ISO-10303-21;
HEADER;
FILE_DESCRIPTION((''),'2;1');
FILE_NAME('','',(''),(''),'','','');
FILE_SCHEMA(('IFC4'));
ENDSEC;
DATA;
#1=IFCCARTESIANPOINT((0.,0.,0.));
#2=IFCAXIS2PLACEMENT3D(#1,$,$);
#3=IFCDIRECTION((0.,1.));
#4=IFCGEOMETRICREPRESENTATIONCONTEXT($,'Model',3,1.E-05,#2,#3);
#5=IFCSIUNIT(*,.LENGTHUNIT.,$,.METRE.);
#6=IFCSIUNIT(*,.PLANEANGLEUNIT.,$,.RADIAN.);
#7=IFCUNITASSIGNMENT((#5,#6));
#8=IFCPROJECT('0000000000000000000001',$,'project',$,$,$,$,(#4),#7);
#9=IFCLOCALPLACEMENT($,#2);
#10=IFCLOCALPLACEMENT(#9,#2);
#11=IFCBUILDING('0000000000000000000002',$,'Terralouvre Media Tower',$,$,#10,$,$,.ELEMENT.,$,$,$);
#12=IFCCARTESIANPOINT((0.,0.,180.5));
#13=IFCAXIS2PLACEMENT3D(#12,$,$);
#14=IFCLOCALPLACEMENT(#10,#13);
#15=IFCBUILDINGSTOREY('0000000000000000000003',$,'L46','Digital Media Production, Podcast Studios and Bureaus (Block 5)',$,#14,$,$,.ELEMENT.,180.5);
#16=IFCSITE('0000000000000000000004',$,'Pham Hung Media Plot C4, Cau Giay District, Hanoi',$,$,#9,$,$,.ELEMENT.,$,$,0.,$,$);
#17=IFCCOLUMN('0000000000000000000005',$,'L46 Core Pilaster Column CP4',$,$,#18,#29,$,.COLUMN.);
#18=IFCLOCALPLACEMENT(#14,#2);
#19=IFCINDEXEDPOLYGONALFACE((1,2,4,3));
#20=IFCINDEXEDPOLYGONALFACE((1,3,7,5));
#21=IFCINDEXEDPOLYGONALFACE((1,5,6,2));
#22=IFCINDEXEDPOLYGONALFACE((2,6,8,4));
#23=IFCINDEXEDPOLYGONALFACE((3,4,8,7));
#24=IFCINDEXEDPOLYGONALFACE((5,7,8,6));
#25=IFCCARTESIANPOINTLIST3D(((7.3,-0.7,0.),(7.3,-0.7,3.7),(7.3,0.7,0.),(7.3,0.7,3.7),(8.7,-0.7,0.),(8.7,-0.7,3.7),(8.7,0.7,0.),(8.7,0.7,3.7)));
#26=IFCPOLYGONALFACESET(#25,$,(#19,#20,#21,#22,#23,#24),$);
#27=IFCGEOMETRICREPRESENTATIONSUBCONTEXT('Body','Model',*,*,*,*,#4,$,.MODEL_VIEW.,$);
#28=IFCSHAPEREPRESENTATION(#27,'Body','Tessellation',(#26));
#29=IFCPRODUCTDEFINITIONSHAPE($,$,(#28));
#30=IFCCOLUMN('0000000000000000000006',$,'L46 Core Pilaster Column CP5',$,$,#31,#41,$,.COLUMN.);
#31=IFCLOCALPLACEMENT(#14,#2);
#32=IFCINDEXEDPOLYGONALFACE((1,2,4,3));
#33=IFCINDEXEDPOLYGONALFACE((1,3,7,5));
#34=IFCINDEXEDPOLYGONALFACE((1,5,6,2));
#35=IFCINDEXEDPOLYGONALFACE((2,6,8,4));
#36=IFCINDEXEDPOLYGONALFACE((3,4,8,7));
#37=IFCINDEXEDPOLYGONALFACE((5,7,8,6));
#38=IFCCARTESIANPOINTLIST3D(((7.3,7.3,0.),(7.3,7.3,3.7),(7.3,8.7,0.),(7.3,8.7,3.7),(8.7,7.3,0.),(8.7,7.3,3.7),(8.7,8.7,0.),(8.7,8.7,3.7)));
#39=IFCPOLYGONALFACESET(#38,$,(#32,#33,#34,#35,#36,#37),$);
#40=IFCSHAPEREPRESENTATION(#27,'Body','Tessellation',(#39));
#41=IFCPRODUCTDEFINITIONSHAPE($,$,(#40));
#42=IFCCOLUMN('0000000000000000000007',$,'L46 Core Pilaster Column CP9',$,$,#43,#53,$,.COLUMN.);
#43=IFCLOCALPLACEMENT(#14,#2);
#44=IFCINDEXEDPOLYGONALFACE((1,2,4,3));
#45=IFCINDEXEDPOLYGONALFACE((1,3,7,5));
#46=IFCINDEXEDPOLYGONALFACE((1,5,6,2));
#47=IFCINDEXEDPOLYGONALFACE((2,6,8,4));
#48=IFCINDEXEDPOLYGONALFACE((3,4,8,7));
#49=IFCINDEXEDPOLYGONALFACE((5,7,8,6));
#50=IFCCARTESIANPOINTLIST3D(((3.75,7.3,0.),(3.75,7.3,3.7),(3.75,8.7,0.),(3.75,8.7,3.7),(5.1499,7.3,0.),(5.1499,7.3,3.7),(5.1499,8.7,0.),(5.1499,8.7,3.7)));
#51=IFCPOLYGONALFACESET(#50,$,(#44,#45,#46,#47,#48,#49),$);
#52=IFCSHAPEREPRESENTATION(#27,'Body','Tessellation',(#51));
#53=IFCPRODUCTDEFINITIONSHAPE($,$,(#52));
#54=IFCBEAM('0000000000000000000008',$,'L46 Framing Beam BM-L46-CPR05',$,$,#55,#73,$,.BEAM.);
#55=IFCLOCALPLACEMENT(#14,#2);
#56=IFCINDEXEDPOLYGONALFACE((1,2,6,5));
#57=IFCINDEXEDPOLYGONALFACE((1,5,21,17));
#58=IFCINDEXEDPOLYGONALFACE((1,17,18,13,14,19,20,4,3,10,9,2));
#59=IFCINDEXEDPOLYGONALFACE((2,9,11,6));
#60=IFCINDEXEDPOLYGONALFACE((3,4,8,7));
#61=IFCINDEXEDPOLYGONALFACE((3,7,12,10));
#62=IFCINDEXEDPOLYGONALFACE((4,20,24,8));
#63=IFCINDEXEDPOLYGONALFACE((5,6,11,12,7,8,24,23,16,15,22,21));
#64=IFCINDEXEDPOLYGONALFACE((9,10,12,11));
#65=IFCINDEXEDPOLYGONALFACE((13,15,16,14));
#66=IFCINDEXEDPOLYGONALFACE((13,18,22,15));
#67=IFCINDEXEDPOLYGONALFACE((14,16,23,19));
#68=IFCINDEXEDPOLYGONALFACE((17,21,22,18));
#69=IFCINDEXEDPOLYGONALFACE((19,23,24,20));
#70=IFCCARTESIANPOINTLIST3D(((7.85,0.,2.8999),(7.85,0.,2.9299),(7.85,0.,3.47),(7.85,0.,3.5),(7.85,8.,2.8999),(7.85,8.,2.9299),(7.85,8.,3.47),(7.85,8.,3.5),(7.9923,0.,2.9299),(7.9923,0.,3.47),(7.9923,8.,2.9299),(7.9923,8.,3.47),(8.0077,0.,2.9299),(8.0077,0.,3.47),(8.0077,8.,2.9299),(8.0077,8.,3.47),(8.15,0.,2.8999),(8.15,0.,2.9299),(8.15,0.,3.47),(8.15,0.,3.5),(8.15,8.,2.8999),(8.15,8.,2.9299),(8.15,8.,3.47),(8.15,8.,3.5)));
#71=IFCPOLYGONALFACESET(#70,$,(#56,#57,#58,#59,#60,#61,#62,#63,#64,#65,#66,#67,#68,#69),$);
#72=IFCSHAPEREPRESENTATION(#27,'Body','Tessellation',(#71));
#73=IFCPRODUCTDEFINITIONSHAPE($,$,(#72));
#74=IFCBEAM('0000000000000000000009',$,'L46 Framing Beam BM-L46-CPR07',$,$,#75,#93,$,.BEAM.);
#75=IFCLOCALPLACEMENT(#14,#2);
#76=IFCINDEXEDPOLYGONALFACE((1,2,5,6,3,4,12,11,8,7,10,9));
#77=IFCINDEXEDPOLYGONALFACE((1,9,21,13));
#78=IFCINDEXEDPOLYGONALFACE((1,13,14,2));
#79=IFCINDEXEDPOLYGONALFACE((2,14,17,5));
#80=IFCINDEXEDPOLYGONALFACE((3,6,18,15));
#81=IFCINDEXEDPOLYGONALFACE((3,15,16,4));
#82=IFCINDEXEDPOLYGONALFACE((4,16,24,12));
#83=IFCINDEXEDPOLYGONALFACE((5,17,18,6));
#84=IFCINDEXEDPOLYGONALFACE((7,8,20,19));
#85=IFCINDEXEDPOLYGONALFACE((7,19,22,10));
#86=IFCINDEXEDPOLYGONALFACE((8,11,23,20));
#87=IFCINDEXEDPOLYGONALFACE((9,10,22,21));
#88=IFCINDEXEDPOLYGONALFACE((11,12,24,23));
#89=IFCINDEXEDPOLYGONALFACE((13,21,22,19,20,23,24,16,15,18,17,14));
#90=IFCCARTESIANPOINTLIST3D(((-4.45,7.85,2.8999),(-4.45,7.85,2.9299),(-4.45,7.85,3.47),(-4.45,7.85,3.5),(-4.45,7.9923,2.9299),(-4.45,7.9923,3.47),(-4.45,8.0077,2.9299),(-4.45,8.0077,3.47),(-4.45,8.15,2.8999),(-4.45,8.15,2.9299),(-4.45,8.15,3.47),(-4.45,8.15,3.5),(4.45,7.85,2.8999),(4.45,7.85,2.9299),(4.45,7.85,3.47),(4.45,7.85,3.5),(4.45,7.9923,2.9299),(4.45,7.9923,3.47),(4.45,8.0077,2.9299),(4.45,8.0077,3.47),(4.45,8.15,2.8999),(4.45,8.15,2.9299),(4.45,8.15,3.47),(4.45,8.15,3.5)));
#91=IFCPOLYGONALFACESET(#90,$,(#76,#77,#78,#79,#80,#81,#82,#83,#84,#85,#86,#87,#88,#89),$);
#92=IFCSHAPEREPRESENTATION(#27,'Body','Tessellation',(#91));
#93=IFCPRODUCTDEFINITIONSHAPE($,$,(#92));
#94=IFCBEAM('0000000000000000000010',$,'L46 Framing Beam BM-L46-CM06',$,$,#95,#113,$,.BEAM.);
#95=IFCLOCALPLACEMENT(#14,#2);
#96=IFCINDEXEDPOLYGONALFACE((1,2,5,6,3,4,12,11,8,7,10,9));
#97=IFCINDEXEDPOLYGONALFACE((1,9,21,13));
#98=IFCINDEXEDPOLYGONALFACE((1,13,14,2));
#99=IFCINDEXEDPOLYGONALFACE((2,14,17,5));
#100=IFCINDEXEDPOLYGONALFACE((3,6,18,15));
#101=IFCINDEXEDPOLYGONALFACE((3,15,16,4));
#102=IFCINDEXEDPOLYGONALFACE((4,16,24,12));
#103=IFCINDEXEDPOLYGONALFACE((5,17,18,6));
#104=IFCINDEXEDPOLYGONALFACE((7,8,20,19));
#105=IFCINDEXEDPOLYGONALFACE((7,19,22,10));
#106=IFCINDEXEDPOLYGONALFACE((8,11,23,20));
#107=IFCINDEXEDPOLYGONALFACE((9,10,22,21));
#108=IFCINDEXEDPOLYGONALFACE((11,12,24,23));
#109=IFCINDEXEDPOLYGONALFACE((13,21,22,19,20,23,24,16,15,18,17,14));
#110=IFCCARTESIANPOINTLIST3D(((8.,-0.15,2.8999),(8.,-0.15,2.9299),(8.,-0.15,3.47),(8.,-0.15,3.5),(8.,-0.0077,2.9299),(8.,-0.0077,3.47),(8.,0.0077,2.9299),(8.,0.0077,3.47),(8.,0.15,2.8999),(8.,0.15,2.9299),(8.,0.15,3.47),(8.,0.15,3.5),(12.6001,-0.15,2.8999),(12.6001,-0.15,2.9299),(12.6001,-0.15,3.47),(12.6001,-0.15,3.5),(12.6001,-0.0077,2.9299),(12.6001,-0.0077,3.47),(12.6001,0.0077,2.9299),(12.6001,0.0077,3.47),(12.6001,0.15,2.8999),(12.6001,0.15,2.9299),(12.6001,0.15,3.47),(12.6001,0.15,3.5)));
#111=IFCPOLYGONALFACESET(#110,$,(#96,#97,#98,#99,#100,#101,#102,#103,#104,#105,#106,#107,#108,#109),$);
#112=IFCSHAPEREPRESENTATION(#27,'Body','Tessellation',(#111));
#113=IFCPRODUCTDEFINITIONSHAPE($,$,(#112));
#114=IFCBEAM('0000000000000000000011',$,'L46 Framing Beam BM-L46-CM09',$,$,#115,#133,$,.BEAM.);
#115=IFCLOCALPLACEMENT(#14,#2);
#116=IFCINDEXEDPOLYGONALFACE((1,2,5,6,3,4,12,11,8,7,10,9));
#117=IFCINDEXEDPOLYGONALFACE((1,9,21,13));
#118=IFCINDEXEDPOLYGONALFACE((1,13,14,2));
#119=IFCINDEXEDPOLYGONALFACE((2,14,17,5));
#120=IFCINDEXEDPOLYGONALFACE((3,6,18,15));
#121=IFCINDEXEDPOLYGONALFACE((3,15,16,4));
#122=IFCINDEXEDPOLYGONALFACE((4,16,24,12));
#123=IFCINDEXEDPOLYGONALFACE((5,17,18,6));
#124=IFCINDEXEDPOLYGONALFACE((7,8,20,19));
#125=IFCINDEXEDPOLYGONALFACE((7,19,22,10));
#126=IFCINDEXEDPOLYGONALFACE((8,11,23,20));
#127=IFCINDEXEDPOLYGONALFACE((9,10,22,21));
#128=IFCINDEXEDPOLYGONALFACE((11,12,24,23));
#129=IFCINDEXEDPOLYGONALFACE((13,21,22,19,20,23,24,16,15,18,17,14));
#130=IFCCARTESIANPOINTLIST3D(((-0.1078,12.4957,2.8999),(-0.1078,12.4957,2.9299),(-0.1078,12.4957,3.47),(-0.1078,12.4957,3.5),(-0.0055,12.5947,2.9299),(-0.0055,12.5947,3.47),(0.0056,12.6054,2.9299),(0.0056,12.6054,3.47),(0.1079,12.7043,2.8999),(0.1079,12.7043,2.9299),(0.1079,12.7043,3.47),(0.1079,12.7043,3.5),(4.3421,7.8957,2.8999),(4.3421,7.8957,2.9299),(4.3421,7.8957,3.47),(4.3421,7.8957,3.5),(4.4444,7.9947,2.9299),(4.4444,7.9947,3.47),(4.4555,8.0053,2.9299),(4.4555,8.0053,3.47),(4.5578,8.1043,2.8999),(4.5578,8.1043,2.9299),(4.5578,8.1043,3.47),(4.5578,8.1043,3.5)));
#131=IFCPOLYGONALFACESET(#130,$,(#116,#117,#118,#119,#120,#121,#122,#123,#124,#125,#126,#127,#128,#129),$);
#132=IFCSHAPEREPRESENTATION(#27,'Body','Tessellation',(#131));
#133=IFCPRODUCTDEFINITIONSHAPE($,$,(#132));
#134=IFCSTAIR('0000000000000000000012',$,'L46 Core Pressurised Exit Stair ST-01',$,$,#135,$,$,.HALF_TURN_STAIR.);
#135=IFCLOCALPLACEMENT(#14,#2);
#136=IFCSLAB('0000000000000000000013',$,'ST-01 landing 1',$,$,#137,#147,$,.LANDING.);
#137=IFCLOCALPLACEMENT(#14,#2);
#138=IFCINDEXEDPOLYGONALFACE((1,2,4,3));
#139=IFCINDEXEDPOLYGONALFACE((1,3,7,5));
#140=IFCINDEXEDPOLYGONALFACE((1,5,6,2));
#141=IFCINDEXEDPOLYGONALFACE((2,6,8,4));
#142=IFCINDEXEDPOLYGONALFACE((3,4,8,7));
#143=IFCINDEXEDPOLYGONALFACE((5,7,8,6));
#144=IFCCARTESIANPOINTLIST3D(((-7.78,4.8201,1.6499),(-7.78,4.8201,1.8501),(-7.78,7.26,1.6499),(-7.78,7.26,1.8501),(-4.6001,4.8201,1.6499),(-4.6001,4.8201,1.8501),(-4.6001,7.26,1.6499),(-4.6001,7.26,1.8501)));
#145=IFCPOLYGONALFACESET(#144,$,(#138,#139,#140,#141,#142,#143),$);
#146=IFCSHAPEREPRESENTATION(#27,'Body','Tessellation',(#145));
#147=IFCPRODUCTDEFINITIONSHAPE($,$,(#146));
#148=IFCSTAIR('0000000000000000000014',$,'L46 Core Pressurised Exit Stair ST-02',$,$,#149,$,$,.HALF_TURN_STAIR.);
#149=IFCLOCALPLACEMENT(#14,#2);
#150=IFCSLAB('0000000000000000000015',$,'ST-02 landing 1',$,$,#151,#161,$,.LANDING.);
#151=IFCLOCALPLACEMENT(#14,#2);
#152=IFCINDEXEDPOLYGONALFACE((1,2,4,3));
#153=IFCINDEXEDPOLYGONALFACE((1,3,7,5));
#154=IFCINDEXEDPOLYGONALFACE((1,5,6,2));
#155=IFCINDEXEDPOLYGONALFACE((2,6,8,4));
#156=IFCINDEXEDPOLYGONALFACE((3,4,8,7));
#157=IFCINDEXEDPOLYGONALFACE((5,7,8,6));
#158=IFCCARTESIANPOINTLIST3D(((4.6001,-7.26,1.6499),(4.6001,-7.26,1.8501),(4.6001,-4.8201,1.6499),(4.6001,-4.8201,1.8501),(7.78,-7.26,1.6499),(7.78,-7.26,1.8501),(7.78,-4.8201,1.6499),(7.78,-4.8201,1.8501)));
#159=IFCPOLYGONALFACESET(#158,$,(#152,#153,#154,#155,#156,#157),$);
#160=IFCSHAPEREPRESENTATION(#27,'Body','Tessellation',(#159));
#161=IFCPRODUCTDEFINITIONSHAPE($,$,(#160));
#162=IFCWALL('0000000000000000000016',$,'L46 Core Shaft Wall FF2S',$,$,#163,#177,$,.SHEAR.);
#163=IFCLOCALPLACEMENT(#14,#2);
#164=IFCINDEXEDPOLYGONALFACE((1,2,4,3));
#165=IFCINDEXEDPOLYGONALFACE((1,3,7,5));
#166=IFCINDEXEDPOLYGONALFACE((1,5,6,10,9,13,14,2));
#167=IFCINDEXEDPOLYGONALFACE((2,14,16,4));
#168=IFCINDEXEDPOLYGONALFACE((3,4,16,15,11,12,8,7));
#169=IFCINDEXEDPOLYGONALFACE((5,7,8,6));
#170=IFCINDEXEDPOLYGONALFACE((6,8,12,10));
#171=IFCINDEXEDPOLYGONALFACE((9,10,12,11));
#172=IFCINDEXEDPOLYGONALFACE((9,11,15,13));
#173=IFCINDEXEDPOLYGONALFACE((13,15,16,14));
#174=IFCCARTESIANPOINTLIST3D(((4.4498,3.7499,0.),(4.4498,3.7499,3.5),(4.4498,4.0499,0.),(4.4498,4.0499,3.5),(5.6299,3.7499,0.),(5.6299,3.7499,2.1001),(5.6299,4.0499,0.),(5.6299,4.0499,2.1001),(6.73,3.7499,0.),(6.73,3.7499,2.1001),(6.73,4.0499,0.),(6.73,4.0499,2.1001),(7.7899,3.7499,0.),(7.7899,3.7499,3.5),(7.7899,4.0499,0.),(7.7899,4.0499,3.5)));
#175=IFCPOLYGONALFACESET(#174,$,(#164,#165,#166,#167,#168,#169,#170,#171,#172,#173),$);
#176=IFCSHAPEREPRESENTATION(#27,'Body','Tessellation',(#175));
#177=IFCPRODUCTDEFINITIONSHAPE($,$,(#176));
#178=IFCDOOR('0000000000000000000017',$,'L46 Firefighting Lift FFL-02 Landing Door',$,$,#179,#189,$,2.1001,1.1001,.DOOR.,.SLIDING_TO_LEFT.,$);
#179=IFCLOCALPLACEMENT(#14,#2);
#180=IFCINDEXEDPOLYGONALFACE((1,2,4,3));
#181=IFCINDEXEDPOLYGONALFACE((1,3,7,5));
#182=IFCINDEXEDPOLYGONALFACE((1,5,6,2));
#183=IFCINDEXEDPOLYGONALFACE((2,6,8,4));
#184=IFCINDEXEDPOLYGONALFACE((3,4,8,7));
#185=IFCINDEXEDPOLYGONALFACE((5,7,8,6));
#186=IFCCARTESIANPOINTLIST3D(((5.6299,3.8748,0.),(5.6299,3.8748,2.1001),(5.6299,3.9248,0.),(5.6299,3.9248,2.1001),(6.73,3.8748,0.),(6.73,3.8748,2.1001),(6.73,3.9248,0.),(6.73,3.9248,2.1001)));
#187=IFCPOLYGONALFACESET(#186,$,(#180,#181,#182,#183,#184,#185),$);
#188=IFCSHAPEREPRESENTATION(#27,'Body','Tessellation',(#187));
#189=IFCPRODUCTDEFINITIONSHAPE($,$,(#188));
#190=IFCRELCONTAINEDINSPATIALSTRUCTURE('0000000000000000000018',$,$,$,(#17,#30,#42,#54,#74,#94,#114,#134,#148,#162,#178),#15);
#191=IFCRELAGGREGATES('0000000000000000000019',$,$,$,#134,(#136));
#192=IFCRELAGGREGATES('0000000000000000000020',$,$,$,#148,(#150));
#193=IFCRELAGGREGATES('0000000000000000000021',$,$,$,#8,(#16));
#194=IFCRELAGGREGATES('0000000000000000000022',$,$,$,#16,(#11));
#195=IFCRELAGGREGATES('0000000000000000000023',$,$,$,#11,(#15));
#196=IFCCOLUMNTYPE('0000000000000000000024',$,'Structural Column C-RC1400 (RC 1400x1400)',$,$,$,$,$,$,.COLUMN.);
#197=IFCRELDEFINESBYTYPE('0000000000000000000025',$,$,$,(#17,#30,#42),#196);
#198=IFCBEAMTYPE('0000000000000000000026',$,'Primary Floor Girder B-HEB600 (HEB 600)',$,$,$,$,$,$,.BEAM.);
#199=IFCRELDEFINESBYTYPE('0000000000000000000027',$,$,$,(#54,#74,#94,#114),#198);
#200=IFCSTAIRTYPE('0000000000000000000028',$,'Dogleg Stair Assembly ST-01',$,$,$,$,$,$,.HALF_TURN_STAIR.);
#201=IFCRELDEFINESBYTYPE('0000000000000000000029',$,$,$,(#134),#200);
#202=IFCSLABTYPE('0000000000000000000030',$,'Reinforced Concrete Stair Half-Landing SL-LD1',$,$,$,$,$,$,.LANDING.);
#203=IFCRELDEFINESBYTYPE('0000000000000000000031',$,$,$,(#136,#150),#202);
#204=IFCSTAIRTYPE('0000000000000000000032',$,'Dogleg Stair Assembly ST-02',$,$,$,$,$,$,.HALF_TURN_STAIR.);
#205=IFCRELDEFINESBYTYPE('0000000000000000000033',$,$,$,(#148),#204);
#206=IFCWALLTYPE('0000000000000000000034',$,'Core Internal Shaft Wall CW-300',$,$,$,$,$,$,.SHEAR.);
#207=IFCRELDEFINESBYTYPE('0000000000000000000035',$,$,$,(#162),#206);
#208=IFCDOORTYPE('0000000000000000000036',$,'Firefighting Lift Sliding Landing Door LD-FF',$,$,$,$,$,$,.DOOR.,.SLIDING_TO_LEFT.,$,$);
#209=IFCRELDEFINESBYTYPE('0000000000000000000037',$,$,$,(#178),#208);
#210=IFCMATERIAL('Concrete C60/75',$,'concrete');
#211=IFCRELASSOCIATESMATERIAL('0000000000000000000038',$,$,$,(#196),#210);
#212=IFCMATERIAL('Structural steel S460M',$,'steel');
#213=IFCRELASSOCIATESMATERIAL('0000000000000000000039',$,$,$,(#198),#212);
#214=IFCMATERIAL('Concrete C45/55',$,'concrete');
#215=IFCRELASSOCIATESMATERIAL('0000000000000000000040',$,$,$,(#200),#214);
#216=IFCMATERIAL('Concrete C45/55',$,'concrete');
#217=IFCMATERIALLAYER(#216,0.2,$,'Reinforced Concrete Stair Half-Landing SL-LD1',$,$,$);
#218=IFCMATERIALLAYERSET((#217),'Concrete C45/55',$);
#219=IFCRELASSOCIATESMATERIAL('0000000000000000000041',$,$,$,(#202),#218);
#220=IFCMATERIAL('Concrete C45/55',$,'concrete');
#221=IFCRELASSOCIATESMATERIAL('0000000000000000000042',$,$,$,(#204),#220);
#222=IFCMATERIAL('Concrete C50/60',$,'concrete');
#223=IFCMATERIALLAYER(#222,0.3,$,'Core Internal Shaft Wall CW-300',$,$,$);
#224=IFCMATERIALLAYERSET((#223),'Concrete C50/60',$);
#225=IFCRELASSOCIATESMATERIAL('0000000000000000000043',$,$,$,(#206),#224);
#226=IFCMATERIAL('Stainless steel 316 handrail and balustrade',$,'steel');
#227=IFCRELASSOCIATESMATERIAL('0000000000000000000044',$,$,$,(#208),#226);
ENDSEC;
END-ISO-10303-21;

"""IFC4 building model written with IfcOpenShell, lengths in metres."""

from ifc_helpers import new_model, si_unit, direction, frame, frame_2d, origin, origin_2d, place, context, subcontext, project, spatial, polyline, rectangle, i_section, outline, extrude, material, layer, layer_set, material_profile, profile_set, type_object, element, fill, aggregate, save


model = new_model("IFC4")

# Units and contexts
model_context = context("Model", 3, precision=1e-05, world=origin(), true_north=direction((0.0, 1.0)))
body_context = subcontext(model_context, "Body", "Model", "MODEL_VIEW")
ifc_project = project(units=[si_unit("LENGTHUNIT", "METRE"), si_unit("PLANEANGLEUNIT", "RADIAN")], contexts=[model_context])

# Site, building, storey
site_placement = place(None, origin())
site = spatial("IfcSite", under=ifc_project, at=site_placement, Name="Pham Hung Media Plot C4, Cau Giay District, Hanoi", CompositionType="ELEMENT", RefElevation=0.0)
building_placement = place(site_placement, origin())
building = spatial("IfcBuilding", under=site, at=building_placement, Name="Terralouvre Media Tower", CompositionType="ELEMENT")
storey_placement = place(building_placement, frame((0.0, 0.0, 180.5)))
storey = spatial("IfcBuildingStorey", under=building, at=storey_placement, Name="L46", Description="Digital Media Production, Podcast Studios and Bureaus (Block 5)", CompositionType="ELEMENT", Elevation=180.5)

# Columns
ifc_material_1 = material(Name="Concrete C60/75", Category="concrete")
ifc_material_profile_1 = material_profile(ifc_material_1, rectangle(XDim=1.3999, YDim=1.3999, at=origin_2d()), Name="RC 1400x1400")
ifc_profile_set_1 = profile_set([ifc_material_profile_1], Name="Concrete C60/75")
column_type = type_object("IfcColumnType", Name="Structural Column C-RC1400 (RC 1400x1400)", PredefinedType="COLUMN", material=ifc_profile_set_1)
for number, where, z_axis, x_axis, name in (
    (1, (8.0, 0.0, 0.0), (0.0, 0.0, 1.0), (1.0, 0.0, 0.0), "L46 Core Pilaster Column CP4"),
    (2, (8.0, 8.0, 0.0), (0.0, 0.0, 1.0), (1.0, 0.0, 0.0), "L46 Core Pilaster Column CP5"),
    (3, (4.45, 8.0, 0.0), (0.0, 0.0, 1.0), (1.0, 0.0, 0.0), "L46 Core Pilaster Column CP9"),
):
    element("IfcColumn", number, at=place(storey_placement, frame(where, z_axis=z_axis, x_axis=x_axis)), inside=storey, type_object=column_type, Name=name, PredefinedType="COLUMN", context=body_context, shape_type="SweptSolid", body=[
        extrude(rectangle(XDim=1.3999, YDim=1.3999, at=origin_2d()), origin(), (0.0, 0.0, 1.0), 3.7),
    ])

# Beams
ifc_material_2 = material(Name="Structural steel S460M", Category="steel")
ifc_material_profile_2 = material_profile(ifc_material_2, i_section(OverallWidth=0.3, OverallDepth=0.6001, WebThickness=0.0154, FlangeThickness=0.03, at=origin_2d()), Name="HEB 600")
ifc_profile_set_2 = profile_set([ifc_material_profile_2], Name="Structural steel S460M")
beam_type = type_object("IfcBeamType", Name="Primary Floor Girder B-HEB600 (HEB 600)", PredefinedType="BEAM", material=ifc_profile_set_2)
beam_1_placement = place(storey_placement, frame((8.0, 0.0, 3.2), z_axis=(0.0, 1.0, 0.0), x_axis=(-1.0, 0.0, 0.0)))
element("IfcBeam", 4, at=beam_1_placement, inside=storey, type_object=beam_type, Name="L46 Framing Beam BM-L46-CPR05", PredefinedType="BEAM", context=body_context, shape_type="SweptSolid", body=[
    extrude(i_section(OverallWidth=0.3, OverallDepth=0.6001, WebThickness=0.0154, FlangeThickness=0.03, at=origin_2d()), origin(), (0.0, 0.0, 1.0), 8.0),
])
beam_2_placement = place(storey_placement, frame((4.45, 8.0, 3.2), z_axis=(-1.0, 0.0, 0.0), x_axis=(0.0, -1.0, 0.0)))
element("IfcBeam", 5, at=beam_2_placement, inside=storey, type_object=beam_type, Name="L46 Framing Beam BM-L46-CPR07", PredefinedType="BEAM", context=body_context, shape_type="SweptSolid", body=[
    extrude(i_section(OverallWidth=0.3, OverallDepth=0.6001, WebThickness=0.0154, FlangeThickness=0.03, at=origin_2d()), origin(), (0.0, 0.0, 1.0), 8.8999),
])
beam_3_placement = place(storey_placement, frame((8.0, 0.0, 3.2), z_axis=(1.0, 0.0, 0.0), x_axis=(0.0, 1.0, 0.0)))
element("IfcBeam", 6, at=beam_3_placement, inside=storey, type_object=beam_type, Name="L46 Framing Beam BM-L46-CM06", PredefinedType="BEAM", context=body_context, shape_type="SweptSolid", body=[
    extrude(i_section(OverallWidth=0.3, OverallDepth=0.6001, WebThickness=0.0154, FlangeThickness=0.03, at=origin_2d()), origin(), (0.0, 0.0, 1.0), 4.6001),
])
beam_4_placement = place(storey_placement, frame((4.45, 8.0, 3.2), z_axis=(-0.69528, 0.718739, 0.0), x_axis=(-0.718739, -0.69528, 0.0)))
element("IfcBeam", 7, at=beam_4_placement, inside=storey, type_object=beam_type, Name="L46 Framing Beam BM-L46-CM09", PredefinedType="BEAM", context=body_context, shape_type="SweptSolid", body=[
    extrude(i_section(OverallWidth=0.3, OverallDepth=0.6001, WebThickness=0.0154, FlangeThickness=0.03, at=origin_2d()), origin(), (0.0, 0.0, 1.0), 6.4001),
])

# Stairs, slabs
ifc_material_3 = material(Name="Concrete C45/55", Category="concrete")
stair_type_1 = type_object("IfcStairType", Name="Dogleg Stair Assembly ST-01", PredefinedType="HALF_TURN_STAIR", material=ifc_material_3)
stair_1_placement = place(storey_placement, origin())
stair_1 = element("IfcStair", 8, at=stair_1_placement, inside=storey, type_object=stair_type_1, Name="L46 Core Pressurised Exit Stair ST-01", PredefinedType="HALF_TURN_STAIR")
ifc_material_4 = material(Name="Concrete C45/55", Category="concrete")
ifc_layer_1 = layer(ifc_material_4, 0.2, Name="Reinforced Concrete Stair Half-Landing SL-LD1")
ifc_layer_set_1 = layer_set([ifc_layer_1], Name="Concrete C45/55")
slab_type_1 = type_object("IfcSlabType", Name="Reinforced Concrete Stair Half-Landing SL-LD1", PredefinedType="LANDING", material=ifc_layer_set_1)
slab_1_placement = place(storey_placement, frame((0.0, 0.0, 1.6499)))
slab_1 = element("IfcSlab", 9, at=slab_1_placement, type_object=slab_type_1, Name="ST-01 landing 1", PredefinedType="LANDING", context=body_context, shape_type="SweptSolid", body=[
    extrude(outline(polyline([(-4.6001, 4.8201), (-4.6001, 7.26), (-7.78, 7.26), (-7.78, 4.8201), (-4.6001, 4.8201)])), origin(), (0.0, 0.0, 1.0), 0.2002),
])
aggregate(stair_1, [slab_1])
ifc_material_5 = material(Name="Concrete C45/55", Category="concrete")
stair_type_2 = type_object("IfcStairType", Name="Dogleg Stair Assembly ST-02", PredefinedType="HALF_TURN_STAIR", material=ifc_material_5)
stair_2_placement = place(storey_placement, origin())
stair_2 = element("IfcStair", 10, at=stair_2_placement, inside=storey, type_object=stair_type_2, Name="L46 Core Pressurised Exit Stair ST-02", PredefinedType="HALF_TURN_STAIR")
slab_2_placement = place(storey_placement, frame((0.0, 0.0, 1.6499)))
slab_2 = element("IfcSlab", 11, at=slab_2_placement, type_object=slab_type_1, Name="ST-02 landing 1", PredefinedType="LANDING", context=body_context, shape_type="SweptSolid", body=[
    extrude(outline(polyline([(4.6001, -4.8201), (4.6001, -7.26), (7.78, -7.26), (7.78, -4.8201), (4.6001, -4.8201)])), origin(), (0.0, 0.0, 1.0), 0.2002),
])
aggregate(stair_2, [slab_2])

# Wall, opening, door
ifc_material_6 = material(Name="Concrete C50/60", Category="concrete")
ifc_layer_2 = layer(ifc_material_6, 0.3, Name="Core Internal Shaft Wall CW-300")
ifc_layer_set_2 = layer_set([ifc_layer_2], Name="Concrete C50/60")
wall_type = type_object("IfcWallType", Name="Core Internal Shaft Wall CW-300", PredefinedType="SHEAR", material=ifc_layer_set_2)
wall_1_placement = place(storey_placement, frame((4.45, 3.8999, 0.0), z_axis=(0.0, 0.0, 1.0), x_axis=(1.0, 0.0, 0.0)))
wall_1 = element("IfcWall", 12, at=wall_1_placement, inside=storey, type_object=wall_type, Name="L46 Core Shaft Wall FF2S", PredefinedType="SHEAR", context=body_context, shape_type="SweptSolid", body=[
    extrude(rectangle(XDim=3.3401, YDim=0.3, at=frame_2d((1.6699, 0.0))), origin(), (0.0, 0.0, 1.0), 3.5),
])
opening_placement = place(wall_1_placement, frame((1.1799, 0.0, 0.0)))
opening = element("IfcOpeningElement", 13, at=opening_placement, cuts=wall_1, PredefinedType="OPENING", context=body_context, shape_type="SweptSolid", body=[
    extrude(rectangle(XDim=1.1001, YDim=2.1001, at=frame_2d((0.55, 1.05))), frame((0.0, 0.1599, 0.0), z_axis=(0.0, -1.0, 0.0), x_axis=(1.0, 0.0, 0.0)), (0.0, 0.0, 1.0), 0.3201),
])
ifc_material_7 = material(Name="Stainless steel 316 handrail and balustrade", Category="steel")
door_type = type_object("IfcDoorType", Name="Firefighting Lift Sliding Landing Door LD-FF", OperationType="SLIDING_TO_LEFT", PredefinedType="DOOR", material=ifc_material_7)
door_placement = place(opening_placement, origin())
door = element("IfcDoor", 14, at=door_placement, inside=storey, type_object=door_type, Name="L46 Firefighting Lift FFL-02 Landing Door", OperationType="SLIDING_TO_LEFT", OverallHeight=2.1001, OverallWidth=1.1001, PredefinedType="DOOR", context=body_context, shape_type="SweptSolid", body=[
    extrude(rectangle(XDim=1.1001, YDim=2.1001, at=frame_2d((0.55, 1.05))), frame((0.0, 0.0249, 0.0), z_axis=(0.0, -1.0, 0.0), x_axis=(1.0, 0.0, 0.0)), (0.0, 0.0, 1.0), 0.05),
])
fill(opening, door)

save(model, "model.ifc")
